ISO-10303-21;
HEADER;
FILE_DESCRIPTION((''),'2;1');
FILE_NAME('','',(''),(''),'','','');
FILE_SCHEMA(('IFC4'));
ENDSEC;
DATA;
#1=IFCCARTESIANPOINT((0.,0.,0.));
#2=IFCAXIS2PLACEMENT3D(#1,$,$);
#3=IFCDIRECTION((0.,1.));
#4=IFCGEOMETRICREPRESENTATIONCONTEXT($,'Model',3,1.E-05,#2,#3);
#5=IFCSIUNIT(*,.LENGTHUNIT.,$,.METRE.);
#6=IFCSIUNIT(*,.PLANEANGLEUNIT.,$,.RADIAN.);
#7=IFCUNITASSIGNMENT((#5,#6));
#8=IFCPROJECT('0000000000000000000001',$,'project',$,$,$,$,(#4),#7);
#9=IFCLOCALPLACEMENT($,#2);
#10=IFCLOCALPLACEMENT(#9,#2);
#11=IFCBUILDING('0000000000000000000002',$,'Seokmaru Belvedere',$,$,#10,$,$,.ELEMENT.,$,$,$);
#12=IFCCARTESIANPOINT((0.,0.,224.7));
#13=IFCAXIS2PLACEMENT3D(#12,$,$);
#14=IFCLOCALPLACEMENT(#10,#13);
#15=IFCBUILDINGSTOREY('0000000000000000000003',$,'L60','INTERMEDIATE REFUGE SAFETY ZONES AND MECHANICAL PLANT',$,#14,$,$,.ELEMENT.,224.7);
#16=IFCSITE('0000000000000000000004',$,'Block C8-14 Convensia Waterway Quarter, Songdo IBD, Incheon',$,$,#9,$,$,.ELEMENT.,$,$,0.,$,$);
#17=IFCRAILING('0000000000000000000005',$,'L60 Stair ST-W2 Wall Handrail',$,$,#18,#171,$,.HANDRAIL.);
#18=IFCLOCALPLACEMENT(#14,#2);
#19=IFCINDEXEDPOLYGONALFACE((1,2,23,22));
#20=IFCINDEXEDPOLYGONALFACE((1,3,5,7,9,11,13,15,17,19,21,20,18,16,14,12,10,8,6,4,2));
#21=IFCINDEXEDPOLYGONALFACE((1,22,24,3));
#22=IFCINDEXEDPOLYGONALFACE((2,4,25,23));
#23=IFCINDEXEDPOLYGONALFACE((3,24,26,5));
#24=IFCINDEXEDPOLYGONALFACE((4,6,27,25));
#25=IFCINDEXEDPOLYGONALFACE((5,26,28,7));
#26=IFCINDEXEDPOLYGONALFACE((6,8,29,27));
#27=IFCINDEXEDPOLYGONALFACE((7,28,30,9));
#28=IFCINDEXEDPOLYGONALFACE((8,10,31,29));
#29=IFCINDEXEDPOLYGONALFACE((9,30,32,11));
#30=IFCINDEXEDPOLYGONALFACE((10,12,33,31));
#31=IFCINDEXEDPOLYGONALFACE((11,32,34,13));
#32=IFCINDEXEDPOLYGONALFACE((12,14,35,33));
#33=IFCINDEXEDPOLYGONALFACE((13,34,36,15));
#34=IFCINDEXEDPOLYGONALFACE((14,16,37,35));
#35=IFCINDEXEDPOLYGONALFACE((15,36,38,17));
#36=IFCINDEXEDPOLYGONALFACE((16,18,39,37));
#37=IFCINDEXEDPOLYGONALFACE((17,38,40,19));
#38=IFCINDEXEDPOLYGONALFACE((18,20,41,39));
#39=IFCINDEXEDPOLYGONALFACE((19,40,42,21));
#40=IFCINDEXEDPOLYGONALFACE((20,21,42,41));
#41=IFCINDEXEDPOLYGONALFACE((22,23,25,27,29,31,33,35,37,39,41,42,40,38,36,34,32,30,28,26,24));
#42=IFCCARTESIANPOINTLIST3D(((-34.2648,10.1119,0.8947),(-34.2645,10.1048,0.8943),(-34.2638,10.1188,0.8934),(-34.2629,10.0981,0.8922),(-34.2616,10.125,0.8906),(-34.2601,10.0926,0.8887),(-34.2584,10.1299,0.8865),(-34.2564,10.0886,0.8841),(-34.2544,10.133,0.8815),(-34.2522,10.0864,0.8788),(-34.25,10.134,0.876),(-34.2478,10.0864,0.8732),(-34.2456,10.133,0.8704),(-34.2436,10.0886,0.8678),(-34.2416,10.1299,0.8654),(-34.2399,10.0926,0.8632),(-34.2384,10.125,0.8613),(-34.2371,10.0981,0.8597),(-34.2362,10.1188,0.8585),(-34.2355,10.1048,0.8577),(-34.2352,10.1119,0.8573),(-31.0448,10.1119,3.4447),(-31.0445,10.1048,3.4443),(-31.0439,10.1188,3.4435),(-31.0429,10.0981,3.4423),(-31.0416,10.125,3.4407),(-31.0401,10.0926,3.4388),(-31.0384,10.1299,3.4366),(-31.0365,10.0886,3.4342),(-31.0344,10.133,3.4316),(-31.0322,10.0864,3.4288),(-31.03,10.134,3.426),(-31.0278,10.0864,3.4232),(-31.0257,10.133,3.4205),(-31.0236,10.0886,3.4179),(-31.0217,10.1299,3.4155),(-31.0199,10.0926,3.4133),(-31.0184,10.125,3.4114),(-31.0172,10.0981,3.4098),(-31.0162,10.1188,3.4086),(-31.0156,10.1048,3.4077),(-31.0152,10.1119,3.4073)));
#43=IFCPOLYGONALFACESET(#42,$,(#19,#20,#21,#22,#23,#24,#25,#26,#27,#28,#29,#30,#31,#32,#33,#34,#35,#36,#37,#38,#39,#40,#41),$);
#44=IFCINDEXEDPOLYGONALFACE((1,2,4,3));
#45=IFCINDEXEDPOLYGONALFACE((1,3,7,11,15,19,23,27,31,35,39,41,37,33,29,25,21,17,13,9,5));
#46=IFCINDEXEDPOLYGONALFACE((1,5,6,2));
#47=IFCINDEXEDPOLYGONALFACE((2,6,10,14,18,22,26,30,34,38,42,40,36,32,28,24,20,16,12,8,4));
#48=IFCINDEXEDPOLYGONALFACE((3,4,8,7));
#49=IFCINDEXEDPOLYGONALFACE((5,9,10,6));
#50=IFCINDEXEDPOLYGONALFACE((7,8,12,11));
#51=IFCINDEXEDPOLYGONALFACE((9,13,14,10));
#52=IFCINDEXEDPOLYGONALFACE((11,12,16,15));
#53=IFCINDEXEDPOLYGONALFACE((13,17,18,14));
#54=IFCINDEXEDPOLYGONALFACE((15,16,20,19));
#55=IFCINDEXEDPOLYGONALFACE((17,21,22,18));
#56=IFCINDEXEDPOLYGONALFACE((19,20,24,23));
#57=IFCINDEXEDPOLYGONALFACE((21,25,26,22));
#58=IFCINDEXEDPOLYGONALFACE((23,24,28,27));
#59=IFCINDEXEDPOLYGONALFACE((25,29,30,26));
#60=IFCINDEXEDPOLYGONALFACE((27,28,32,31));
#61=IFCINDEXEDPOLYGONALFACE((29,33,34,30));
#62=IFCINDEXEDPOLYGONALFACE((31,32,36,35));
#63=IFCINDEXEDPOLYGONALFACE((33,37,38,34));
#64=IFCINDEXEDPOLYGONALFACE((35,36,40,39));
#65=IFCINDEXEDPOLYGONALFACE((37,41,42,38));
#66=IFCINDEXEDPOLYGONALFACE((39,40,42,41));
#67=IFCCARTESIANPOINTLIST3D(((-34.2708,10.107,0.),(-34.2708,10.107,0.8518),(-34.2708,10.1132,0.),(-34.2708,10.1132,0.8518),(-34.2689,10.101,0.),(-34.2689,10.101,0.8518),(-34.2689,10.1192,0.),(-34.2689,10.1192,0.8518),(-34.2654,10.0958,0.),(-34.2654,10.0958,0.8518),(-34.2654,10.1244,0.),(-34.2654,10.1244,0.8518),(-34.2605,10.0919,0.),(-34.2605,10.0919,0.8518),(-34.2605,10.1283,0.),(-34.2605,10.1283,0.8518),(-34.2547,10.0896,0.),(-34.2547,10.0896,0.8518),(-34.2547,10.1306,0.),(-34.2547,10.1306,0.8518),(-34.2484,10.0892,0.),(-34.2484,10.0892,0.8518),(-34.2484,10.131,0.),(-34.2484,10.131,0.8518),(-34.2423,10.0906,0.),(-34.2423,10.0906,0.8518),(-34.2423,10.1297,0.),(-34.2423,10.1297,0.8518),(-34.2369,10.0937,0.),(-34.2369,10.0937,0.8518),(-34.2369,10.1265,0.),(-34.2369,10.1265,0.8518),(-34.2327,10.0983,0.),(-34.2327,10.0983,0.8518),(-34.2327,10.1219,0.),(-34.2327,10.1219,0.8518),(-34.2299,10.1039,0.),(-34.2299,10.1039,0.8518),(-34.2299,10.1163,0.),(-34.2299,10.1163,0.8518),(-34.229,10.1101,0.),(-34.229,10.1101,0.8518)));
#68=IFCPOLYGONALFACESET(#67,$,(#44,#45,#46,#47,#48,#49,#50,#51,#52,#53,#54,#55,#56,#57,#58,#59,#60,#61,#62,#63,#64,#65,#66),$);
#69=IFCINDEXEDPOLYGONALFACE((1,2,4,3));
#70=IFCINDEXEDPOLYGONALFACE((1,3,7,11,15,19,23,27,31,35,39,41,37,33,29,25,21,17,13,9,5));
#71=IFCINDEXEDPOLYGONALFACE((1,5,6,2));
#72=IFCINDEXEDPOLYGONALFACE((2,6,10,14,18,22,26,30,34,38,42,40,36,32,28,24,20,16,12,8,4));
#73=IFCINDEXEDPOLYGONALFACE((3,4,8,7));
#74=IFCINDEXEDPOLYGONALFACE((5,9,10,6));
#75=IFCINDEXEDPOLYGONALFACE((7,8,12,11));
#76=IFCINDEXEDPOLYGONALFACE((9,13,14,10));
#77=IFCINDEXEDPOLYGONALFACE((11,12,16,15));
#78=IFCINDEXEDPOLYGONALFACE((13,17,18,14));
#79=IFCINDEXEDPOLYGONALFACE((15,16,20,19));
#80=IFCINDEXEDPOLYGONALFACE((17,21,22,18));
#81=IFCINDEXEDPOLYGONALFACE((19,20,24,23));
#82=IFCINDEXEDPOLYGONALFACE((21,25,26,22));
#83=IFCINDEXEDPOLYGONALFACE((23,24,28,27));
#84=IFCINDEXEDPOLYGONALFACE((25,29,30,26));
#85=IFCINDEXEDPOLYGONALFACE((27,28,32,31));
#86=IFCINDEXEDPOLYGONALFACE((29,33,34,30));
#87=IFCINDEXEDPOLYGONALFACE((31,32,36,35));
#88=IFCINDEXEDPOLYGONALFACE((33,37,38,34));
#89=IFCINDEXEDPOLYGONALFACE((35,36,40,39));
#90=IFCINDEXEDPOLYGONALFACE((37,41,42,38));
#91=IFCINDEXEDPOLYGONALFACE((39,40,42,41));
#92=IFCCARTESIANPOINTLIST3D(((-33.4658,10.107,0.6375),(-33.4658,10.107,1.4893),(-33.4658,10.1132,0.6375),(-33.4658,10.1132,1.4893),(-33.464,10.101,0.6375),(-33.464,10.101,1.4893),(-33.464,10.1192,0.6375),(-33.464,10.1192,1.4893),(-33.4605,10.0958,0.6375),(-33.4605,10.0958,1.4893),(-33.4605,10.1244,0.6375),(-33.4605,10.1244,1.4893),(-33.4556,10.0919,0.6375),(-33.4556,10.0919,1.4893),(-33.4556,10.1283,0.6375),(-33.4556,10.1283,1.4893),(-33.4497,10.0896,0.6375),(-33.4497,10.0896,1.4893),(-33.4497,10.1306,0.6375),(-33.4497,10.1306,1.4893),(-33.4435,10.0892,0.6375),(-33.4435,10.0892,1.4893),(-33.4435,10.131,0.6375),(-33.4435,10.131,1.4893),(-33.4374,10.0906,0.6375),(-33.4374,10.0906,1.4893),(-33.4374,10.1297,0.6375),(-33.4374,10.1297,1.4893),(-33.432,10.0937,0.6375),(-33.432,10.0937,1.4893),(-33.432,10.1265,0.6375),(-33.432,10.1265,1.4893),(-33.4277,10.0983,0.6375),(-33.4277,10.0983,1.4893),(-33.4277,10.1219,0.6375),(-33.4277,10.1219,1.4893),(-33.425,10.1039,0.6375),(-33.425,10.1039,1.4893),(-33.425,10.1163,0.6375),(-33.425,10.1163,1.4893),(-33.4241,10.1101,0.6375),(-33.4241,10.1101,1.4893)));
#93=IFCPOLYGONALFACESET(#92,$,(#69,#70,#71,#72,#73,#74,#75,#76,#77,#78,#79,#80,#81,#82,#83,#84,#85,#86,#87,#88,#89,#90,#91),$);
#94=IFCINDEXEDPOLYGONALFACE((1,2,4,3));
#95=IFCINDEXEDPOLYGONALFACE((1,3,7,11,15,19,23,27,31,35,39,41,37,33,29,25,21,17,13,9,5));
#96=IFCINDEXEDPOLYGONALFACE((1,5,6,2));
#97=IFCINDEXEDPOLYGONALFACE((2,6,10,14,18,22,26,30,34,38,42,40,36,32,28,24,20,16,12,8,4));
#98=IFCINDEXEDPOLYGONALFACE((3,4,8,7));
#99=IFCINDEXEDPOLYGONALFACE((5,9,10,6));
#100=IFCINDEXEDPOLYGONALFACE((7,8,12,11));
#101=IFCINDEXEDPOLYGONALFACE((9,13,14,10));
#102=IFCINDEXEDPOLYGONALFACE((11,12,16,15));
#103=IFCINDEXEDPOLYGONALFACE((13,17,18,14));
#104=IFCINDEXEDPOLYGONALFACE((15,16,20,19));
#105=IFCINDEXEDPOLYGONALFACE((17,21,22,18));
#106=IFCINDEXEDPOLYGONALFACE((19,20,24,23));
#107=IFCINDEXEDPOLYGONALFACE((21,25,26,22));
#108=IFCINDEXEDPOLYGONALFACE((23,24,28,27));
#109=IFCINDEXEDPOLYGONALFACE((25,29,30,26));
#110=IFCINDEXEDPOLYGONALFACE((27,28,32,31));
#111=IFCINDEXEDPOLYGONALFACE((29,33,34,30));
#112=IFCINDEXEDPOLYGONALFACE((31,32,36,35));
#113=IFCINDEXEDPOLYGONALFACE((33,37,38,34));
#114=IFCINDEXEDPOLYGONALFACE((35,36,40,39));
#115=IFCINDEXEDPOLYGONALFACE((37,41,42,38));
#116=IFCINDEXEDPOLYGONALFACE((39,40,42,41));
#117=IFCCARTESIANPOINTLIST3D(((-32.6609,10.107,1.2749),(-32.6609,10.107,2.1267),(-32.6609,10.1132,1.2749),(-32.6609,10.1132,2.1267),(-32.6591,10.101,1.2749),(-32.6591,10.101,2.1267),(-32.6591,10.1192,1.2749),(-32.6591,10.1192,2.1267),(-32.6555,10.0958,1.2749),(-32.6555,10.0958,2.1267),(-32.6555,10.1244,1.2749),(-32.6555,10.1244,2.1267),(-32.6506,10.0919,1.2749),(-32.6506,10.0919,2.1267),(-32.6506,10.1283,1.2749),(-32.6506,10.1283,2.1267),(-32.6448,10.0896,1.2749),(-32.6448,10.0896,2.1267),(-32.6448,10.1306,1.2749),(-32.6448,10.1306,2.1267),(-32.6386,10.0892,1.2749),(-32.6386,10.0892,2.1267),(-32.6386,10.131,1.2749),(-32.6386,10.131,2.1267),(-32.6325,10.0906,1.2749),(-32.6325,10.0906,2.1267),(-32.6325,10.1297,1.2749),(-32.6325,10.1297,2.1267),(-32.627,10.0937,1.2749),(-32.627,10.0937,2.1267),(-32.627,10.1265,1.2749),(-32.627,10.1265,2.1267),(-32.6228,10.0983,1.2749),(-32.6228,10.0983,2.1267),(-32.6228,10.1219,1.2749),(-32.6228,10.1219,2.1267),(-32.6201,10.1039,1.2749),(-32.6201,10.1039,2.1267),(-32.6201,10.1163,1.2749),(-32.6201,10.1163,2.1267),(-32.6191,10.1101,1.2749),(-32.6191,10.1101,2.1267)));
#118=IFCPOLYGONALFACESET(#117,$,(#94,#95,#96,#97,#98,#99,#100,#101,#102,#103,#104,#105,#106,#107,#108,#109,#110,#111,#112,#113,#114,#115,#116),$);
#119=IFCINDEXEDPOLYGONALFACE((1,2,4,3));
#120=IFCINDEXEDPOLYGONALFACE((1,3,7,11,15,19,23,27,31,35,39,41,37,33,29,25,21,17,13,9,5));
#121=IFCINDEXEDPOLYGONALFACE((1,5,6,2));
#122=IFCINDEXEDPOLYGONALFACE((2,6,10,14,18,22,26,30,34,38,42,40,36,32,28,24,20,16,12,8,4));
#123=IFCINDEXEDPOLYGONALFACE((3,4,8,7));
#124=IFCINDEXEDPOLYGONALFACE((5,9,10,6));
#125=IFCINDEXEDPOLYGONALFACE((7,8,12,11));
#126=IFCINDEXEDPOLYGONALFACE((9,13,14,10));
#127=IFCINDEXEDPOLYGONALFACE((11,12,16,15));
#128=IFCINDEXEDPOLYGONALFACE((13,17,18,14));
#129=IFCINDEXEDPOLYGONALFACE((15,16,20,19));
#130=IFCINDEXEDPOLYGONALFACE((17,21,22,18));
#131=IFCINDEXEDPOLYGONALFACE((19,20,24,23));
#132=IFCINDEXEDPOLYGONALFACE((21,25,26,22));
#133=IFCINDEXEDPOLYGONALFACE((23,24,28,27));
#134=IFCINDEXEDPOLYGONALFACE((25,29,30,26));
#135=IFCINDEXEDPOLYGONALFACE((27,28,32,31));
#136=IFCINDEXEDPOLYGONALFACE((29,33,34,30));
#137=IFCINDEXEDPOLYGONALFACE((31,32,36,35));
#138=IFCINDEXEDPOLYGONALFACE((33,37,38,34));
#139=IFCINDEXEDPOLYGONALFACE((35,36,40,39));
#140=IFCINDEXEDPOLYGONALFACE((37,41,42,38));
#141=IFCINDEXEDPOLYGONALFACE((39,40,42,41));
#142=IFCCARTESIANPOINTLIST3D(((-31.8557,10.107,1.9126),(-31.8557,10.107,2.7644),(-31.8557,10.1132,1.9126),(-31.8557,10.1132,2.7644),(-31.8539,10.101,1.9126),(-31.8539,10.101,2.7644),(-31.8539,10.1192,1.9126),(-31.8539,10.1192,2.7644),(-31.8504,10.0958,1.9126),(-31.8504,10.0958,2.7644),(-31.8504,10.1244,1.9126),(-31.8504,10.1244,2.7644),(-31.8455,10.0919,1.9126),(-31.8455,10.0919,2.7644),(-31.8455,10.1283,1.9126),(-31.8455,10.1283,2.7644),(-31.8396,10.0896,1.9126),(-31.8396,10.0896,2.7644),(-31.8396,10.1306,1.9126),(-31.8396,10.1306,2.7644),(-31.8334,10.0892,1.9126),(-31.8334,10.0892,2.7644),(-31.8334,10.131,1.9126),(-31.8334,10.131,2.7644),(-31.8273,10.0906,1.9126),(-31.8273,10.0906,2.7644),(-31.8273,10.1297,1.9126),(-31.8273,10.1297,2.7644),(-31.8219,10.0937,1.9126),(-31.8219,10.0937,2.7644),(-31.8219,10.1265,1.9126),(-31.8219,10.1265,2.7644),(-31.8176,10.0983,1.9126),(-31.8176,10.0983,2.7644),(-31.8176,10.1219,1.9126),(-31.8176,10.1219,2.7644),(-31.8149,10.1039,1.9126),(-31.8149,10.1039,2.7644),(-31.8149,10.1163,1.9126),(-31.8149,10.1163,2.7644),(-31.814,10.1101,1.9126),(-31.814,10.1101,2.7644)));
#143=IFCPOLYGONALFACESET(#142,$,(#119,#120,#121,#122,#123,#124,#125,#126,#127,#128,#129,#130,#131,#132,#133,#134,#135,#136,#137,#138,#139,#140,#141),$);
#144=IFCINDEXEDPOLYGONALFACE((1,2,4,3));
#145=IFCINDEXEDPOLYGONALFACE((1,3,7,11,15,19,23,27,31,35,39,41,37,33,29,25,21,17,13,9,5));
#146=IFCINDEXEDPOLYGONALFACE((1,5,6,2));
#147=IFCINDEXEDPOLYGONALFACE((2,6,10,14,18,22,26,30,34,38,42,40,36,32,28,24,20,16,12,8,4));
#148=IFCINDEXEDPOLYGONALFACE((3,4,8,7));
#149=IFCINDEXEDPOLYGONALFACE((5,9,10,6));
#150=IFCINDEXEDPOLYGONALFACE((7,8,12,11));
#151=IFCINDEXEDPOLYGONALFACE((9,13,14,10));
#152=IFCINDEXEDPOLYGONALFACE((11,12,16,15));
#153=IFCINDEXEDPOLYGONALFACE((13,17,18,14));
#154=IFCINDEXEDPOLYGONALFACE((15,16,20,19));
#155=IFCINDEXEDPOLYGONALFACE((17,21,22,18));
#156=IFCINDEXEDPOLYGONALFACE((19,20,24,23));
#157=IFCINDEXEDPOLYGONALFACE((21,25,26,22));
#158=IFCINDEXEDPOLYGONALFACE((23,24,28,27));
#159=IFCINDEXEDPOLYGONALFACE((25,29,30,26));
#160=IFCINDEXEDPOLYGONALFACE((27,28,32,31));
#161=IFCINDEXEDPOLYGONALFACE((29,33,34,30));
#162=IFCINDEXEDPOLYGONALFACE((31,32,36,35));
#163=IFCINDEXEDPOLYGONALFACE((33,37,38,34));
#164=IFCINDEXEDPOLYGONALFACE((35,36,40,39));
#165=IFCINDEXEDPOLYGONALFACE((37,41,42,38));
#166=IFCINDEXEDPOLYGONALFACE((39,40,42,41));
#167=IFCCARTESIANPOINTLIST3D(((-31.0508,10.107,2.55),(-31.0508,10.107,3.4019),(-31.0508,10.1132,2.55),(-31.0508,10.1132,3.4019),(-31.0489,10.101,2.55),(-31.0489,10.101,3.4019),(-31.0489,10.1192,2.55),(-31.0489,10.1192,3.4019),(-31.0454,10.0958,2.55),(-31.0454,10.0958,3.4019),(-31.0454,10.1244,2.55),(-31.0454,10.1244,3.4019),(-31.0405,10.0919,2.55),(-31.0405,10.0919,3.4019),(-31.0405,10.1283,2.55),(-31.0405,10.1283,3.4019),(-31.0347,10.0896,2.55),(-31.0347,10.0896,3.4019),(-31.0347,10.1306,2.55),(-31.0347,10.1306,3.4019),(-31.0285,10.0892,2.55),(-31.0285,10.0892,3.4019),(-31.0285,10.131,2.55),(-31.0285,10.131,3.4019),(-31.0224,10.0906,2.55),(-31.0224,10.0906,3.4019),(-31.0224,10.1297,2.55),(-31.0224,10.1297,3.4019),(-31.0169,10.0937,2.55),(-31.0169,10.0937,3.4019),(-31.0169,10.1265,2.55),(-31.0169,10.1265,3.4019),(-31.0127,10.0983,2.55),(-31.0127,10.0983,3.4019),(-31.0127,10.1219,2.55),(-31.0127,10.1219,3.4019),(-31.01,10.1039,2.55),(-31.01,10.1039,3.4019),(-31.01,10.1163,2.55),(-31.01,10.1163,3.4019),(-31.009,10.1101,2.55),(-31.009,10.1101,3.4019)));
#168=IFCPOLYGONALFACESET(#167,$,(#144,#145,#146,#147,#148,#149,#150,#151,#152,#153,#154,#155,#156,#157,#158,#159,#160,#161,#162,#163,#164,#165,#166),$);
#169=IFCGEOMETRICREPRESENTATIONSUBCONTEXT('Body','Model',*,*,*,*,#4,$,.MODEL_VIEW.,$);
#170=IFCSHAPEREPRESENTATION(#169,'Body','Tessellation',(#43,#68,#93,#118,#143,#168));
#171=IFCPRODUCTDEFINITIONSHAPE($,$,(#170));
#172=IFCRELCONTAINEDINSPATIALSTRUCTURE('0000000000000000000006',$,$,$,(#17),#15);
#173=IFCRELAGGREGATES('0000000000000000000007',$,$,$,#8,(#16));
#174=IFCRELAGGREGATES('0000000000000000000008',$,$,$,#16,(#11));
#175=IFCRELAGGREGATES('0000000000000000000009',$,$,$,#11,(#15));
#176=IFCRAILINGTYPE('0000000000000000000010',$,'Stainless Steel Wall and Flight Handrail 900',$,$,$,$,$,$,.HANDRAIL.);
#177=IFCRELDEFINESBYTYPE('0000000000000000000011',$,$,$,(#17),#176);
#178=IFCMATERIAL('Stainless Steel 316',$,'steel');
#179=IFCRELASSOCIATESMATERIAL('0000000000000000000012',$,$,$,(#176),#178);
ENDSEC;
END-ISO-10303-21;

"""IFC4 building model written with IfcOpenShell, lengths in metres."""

from ifc_helpers import new_model, si_unit, direction, frame, origin, origin_2d, place, context, subcontext, project, spatial, circle, extrude, material, type_object, element, save


model = new_model("IFC4")

# Units and contexts
model_context = context("Model", 3, precision=1e-05, world=origin(), true_north=direction((0.0, 1.0)))
body_context = subcontext(model_context, "Body", "Model", "MODEL_VIEW")
ifc_project = project(units=[si_unit("LENGTHUNIT", "METRE"), si_unit("PLANEANGLEUNIT", "RADIAN")], contexts=[model_context])

# Site, building, storey
site_placement = place(None, origin())
site = spatial("IfcSite", under=ifc_project, at=site_placement, Name="Block C8-14 Convensia Waterway Quarter, Songdo IBD, Incheon", CompositionType="ELEMENT", RefElevation=0.0)
building_placement = place(site_placement, origin())
building = spatial("IfcBuilding", under=site, at=building_placement, Name="Seokmaru Belvedere", CompositionType="ELEMENT")
storey_placement = place(building_placement, frame((0.0, 0.0, 224.7)))
storey = spatial("IfcBuildingStorey", under=building, at=storey_placement, Name="L60", Description="INTERMEDIATE REFUGE SAFETY ZONES AND MECHANICAL PLANT", CompositionType="ELEMENT", Elevation=224.7)

# Railing
ifc_material_1 = material(Name="Stainless Steel 316", Category="steel")
railing_type_1 = type_object("IfcRailingType", Name="Stainless Steel Wall and Flight Handrail 900", PredefinedType="HANDRAIL", material=ifc_material_1)
railing_1_placement = place(storey_placement, frame((-34.25, 10.1101, 0.0)))
element("IfcRailing", 1, at=railing_1_placement, inside=storey, type_object=railing_type_1, Name="L60 Stair ST-W2 Wall Handrail", PredefinedType="HANDRAIL", context=body_context, shape_type="SweptSolid", body=[
    extrude(circle(Radius=0.0239, at=origin_2d()), frame((0.0, 0.0, 0.876), z_axis=(0.783939, 0.0, 0.620838), x_axis=(0.0, 1.0, 0.0)), (0.0, 0.0, 1.0), 4.1074),
    extrude(circle(Radius=0.021, at=origin_2d()), origin(), (0.0, 0.0, 1.0), 0.8518),
    extrude(circle(Radius=0.021, at=origin_2d()), frame((0.8049, 0.0, 0.6375)), (0.0, 0.0, 1.0), 0.8518),
    extrude(circle(Radius=0.021, at=origin_2d()), frame((1.6099, 0.0, 1.2749)), (0.0, 0.0, 1.0), 0.8518),
    extrude(circle(Radius=0.021, at=origin_2d()), frame((2.415, 0.0, 1.9126)), (0.0, 0.0, 1.0), 0.8518),
    extrude(circle(Radius=0.021, at=origin_2d()), frame((3.22, 0.0, 2.55)), (0.0, 0.0, 1.0), 0.8518),
])

save(model, "model.ifc")
